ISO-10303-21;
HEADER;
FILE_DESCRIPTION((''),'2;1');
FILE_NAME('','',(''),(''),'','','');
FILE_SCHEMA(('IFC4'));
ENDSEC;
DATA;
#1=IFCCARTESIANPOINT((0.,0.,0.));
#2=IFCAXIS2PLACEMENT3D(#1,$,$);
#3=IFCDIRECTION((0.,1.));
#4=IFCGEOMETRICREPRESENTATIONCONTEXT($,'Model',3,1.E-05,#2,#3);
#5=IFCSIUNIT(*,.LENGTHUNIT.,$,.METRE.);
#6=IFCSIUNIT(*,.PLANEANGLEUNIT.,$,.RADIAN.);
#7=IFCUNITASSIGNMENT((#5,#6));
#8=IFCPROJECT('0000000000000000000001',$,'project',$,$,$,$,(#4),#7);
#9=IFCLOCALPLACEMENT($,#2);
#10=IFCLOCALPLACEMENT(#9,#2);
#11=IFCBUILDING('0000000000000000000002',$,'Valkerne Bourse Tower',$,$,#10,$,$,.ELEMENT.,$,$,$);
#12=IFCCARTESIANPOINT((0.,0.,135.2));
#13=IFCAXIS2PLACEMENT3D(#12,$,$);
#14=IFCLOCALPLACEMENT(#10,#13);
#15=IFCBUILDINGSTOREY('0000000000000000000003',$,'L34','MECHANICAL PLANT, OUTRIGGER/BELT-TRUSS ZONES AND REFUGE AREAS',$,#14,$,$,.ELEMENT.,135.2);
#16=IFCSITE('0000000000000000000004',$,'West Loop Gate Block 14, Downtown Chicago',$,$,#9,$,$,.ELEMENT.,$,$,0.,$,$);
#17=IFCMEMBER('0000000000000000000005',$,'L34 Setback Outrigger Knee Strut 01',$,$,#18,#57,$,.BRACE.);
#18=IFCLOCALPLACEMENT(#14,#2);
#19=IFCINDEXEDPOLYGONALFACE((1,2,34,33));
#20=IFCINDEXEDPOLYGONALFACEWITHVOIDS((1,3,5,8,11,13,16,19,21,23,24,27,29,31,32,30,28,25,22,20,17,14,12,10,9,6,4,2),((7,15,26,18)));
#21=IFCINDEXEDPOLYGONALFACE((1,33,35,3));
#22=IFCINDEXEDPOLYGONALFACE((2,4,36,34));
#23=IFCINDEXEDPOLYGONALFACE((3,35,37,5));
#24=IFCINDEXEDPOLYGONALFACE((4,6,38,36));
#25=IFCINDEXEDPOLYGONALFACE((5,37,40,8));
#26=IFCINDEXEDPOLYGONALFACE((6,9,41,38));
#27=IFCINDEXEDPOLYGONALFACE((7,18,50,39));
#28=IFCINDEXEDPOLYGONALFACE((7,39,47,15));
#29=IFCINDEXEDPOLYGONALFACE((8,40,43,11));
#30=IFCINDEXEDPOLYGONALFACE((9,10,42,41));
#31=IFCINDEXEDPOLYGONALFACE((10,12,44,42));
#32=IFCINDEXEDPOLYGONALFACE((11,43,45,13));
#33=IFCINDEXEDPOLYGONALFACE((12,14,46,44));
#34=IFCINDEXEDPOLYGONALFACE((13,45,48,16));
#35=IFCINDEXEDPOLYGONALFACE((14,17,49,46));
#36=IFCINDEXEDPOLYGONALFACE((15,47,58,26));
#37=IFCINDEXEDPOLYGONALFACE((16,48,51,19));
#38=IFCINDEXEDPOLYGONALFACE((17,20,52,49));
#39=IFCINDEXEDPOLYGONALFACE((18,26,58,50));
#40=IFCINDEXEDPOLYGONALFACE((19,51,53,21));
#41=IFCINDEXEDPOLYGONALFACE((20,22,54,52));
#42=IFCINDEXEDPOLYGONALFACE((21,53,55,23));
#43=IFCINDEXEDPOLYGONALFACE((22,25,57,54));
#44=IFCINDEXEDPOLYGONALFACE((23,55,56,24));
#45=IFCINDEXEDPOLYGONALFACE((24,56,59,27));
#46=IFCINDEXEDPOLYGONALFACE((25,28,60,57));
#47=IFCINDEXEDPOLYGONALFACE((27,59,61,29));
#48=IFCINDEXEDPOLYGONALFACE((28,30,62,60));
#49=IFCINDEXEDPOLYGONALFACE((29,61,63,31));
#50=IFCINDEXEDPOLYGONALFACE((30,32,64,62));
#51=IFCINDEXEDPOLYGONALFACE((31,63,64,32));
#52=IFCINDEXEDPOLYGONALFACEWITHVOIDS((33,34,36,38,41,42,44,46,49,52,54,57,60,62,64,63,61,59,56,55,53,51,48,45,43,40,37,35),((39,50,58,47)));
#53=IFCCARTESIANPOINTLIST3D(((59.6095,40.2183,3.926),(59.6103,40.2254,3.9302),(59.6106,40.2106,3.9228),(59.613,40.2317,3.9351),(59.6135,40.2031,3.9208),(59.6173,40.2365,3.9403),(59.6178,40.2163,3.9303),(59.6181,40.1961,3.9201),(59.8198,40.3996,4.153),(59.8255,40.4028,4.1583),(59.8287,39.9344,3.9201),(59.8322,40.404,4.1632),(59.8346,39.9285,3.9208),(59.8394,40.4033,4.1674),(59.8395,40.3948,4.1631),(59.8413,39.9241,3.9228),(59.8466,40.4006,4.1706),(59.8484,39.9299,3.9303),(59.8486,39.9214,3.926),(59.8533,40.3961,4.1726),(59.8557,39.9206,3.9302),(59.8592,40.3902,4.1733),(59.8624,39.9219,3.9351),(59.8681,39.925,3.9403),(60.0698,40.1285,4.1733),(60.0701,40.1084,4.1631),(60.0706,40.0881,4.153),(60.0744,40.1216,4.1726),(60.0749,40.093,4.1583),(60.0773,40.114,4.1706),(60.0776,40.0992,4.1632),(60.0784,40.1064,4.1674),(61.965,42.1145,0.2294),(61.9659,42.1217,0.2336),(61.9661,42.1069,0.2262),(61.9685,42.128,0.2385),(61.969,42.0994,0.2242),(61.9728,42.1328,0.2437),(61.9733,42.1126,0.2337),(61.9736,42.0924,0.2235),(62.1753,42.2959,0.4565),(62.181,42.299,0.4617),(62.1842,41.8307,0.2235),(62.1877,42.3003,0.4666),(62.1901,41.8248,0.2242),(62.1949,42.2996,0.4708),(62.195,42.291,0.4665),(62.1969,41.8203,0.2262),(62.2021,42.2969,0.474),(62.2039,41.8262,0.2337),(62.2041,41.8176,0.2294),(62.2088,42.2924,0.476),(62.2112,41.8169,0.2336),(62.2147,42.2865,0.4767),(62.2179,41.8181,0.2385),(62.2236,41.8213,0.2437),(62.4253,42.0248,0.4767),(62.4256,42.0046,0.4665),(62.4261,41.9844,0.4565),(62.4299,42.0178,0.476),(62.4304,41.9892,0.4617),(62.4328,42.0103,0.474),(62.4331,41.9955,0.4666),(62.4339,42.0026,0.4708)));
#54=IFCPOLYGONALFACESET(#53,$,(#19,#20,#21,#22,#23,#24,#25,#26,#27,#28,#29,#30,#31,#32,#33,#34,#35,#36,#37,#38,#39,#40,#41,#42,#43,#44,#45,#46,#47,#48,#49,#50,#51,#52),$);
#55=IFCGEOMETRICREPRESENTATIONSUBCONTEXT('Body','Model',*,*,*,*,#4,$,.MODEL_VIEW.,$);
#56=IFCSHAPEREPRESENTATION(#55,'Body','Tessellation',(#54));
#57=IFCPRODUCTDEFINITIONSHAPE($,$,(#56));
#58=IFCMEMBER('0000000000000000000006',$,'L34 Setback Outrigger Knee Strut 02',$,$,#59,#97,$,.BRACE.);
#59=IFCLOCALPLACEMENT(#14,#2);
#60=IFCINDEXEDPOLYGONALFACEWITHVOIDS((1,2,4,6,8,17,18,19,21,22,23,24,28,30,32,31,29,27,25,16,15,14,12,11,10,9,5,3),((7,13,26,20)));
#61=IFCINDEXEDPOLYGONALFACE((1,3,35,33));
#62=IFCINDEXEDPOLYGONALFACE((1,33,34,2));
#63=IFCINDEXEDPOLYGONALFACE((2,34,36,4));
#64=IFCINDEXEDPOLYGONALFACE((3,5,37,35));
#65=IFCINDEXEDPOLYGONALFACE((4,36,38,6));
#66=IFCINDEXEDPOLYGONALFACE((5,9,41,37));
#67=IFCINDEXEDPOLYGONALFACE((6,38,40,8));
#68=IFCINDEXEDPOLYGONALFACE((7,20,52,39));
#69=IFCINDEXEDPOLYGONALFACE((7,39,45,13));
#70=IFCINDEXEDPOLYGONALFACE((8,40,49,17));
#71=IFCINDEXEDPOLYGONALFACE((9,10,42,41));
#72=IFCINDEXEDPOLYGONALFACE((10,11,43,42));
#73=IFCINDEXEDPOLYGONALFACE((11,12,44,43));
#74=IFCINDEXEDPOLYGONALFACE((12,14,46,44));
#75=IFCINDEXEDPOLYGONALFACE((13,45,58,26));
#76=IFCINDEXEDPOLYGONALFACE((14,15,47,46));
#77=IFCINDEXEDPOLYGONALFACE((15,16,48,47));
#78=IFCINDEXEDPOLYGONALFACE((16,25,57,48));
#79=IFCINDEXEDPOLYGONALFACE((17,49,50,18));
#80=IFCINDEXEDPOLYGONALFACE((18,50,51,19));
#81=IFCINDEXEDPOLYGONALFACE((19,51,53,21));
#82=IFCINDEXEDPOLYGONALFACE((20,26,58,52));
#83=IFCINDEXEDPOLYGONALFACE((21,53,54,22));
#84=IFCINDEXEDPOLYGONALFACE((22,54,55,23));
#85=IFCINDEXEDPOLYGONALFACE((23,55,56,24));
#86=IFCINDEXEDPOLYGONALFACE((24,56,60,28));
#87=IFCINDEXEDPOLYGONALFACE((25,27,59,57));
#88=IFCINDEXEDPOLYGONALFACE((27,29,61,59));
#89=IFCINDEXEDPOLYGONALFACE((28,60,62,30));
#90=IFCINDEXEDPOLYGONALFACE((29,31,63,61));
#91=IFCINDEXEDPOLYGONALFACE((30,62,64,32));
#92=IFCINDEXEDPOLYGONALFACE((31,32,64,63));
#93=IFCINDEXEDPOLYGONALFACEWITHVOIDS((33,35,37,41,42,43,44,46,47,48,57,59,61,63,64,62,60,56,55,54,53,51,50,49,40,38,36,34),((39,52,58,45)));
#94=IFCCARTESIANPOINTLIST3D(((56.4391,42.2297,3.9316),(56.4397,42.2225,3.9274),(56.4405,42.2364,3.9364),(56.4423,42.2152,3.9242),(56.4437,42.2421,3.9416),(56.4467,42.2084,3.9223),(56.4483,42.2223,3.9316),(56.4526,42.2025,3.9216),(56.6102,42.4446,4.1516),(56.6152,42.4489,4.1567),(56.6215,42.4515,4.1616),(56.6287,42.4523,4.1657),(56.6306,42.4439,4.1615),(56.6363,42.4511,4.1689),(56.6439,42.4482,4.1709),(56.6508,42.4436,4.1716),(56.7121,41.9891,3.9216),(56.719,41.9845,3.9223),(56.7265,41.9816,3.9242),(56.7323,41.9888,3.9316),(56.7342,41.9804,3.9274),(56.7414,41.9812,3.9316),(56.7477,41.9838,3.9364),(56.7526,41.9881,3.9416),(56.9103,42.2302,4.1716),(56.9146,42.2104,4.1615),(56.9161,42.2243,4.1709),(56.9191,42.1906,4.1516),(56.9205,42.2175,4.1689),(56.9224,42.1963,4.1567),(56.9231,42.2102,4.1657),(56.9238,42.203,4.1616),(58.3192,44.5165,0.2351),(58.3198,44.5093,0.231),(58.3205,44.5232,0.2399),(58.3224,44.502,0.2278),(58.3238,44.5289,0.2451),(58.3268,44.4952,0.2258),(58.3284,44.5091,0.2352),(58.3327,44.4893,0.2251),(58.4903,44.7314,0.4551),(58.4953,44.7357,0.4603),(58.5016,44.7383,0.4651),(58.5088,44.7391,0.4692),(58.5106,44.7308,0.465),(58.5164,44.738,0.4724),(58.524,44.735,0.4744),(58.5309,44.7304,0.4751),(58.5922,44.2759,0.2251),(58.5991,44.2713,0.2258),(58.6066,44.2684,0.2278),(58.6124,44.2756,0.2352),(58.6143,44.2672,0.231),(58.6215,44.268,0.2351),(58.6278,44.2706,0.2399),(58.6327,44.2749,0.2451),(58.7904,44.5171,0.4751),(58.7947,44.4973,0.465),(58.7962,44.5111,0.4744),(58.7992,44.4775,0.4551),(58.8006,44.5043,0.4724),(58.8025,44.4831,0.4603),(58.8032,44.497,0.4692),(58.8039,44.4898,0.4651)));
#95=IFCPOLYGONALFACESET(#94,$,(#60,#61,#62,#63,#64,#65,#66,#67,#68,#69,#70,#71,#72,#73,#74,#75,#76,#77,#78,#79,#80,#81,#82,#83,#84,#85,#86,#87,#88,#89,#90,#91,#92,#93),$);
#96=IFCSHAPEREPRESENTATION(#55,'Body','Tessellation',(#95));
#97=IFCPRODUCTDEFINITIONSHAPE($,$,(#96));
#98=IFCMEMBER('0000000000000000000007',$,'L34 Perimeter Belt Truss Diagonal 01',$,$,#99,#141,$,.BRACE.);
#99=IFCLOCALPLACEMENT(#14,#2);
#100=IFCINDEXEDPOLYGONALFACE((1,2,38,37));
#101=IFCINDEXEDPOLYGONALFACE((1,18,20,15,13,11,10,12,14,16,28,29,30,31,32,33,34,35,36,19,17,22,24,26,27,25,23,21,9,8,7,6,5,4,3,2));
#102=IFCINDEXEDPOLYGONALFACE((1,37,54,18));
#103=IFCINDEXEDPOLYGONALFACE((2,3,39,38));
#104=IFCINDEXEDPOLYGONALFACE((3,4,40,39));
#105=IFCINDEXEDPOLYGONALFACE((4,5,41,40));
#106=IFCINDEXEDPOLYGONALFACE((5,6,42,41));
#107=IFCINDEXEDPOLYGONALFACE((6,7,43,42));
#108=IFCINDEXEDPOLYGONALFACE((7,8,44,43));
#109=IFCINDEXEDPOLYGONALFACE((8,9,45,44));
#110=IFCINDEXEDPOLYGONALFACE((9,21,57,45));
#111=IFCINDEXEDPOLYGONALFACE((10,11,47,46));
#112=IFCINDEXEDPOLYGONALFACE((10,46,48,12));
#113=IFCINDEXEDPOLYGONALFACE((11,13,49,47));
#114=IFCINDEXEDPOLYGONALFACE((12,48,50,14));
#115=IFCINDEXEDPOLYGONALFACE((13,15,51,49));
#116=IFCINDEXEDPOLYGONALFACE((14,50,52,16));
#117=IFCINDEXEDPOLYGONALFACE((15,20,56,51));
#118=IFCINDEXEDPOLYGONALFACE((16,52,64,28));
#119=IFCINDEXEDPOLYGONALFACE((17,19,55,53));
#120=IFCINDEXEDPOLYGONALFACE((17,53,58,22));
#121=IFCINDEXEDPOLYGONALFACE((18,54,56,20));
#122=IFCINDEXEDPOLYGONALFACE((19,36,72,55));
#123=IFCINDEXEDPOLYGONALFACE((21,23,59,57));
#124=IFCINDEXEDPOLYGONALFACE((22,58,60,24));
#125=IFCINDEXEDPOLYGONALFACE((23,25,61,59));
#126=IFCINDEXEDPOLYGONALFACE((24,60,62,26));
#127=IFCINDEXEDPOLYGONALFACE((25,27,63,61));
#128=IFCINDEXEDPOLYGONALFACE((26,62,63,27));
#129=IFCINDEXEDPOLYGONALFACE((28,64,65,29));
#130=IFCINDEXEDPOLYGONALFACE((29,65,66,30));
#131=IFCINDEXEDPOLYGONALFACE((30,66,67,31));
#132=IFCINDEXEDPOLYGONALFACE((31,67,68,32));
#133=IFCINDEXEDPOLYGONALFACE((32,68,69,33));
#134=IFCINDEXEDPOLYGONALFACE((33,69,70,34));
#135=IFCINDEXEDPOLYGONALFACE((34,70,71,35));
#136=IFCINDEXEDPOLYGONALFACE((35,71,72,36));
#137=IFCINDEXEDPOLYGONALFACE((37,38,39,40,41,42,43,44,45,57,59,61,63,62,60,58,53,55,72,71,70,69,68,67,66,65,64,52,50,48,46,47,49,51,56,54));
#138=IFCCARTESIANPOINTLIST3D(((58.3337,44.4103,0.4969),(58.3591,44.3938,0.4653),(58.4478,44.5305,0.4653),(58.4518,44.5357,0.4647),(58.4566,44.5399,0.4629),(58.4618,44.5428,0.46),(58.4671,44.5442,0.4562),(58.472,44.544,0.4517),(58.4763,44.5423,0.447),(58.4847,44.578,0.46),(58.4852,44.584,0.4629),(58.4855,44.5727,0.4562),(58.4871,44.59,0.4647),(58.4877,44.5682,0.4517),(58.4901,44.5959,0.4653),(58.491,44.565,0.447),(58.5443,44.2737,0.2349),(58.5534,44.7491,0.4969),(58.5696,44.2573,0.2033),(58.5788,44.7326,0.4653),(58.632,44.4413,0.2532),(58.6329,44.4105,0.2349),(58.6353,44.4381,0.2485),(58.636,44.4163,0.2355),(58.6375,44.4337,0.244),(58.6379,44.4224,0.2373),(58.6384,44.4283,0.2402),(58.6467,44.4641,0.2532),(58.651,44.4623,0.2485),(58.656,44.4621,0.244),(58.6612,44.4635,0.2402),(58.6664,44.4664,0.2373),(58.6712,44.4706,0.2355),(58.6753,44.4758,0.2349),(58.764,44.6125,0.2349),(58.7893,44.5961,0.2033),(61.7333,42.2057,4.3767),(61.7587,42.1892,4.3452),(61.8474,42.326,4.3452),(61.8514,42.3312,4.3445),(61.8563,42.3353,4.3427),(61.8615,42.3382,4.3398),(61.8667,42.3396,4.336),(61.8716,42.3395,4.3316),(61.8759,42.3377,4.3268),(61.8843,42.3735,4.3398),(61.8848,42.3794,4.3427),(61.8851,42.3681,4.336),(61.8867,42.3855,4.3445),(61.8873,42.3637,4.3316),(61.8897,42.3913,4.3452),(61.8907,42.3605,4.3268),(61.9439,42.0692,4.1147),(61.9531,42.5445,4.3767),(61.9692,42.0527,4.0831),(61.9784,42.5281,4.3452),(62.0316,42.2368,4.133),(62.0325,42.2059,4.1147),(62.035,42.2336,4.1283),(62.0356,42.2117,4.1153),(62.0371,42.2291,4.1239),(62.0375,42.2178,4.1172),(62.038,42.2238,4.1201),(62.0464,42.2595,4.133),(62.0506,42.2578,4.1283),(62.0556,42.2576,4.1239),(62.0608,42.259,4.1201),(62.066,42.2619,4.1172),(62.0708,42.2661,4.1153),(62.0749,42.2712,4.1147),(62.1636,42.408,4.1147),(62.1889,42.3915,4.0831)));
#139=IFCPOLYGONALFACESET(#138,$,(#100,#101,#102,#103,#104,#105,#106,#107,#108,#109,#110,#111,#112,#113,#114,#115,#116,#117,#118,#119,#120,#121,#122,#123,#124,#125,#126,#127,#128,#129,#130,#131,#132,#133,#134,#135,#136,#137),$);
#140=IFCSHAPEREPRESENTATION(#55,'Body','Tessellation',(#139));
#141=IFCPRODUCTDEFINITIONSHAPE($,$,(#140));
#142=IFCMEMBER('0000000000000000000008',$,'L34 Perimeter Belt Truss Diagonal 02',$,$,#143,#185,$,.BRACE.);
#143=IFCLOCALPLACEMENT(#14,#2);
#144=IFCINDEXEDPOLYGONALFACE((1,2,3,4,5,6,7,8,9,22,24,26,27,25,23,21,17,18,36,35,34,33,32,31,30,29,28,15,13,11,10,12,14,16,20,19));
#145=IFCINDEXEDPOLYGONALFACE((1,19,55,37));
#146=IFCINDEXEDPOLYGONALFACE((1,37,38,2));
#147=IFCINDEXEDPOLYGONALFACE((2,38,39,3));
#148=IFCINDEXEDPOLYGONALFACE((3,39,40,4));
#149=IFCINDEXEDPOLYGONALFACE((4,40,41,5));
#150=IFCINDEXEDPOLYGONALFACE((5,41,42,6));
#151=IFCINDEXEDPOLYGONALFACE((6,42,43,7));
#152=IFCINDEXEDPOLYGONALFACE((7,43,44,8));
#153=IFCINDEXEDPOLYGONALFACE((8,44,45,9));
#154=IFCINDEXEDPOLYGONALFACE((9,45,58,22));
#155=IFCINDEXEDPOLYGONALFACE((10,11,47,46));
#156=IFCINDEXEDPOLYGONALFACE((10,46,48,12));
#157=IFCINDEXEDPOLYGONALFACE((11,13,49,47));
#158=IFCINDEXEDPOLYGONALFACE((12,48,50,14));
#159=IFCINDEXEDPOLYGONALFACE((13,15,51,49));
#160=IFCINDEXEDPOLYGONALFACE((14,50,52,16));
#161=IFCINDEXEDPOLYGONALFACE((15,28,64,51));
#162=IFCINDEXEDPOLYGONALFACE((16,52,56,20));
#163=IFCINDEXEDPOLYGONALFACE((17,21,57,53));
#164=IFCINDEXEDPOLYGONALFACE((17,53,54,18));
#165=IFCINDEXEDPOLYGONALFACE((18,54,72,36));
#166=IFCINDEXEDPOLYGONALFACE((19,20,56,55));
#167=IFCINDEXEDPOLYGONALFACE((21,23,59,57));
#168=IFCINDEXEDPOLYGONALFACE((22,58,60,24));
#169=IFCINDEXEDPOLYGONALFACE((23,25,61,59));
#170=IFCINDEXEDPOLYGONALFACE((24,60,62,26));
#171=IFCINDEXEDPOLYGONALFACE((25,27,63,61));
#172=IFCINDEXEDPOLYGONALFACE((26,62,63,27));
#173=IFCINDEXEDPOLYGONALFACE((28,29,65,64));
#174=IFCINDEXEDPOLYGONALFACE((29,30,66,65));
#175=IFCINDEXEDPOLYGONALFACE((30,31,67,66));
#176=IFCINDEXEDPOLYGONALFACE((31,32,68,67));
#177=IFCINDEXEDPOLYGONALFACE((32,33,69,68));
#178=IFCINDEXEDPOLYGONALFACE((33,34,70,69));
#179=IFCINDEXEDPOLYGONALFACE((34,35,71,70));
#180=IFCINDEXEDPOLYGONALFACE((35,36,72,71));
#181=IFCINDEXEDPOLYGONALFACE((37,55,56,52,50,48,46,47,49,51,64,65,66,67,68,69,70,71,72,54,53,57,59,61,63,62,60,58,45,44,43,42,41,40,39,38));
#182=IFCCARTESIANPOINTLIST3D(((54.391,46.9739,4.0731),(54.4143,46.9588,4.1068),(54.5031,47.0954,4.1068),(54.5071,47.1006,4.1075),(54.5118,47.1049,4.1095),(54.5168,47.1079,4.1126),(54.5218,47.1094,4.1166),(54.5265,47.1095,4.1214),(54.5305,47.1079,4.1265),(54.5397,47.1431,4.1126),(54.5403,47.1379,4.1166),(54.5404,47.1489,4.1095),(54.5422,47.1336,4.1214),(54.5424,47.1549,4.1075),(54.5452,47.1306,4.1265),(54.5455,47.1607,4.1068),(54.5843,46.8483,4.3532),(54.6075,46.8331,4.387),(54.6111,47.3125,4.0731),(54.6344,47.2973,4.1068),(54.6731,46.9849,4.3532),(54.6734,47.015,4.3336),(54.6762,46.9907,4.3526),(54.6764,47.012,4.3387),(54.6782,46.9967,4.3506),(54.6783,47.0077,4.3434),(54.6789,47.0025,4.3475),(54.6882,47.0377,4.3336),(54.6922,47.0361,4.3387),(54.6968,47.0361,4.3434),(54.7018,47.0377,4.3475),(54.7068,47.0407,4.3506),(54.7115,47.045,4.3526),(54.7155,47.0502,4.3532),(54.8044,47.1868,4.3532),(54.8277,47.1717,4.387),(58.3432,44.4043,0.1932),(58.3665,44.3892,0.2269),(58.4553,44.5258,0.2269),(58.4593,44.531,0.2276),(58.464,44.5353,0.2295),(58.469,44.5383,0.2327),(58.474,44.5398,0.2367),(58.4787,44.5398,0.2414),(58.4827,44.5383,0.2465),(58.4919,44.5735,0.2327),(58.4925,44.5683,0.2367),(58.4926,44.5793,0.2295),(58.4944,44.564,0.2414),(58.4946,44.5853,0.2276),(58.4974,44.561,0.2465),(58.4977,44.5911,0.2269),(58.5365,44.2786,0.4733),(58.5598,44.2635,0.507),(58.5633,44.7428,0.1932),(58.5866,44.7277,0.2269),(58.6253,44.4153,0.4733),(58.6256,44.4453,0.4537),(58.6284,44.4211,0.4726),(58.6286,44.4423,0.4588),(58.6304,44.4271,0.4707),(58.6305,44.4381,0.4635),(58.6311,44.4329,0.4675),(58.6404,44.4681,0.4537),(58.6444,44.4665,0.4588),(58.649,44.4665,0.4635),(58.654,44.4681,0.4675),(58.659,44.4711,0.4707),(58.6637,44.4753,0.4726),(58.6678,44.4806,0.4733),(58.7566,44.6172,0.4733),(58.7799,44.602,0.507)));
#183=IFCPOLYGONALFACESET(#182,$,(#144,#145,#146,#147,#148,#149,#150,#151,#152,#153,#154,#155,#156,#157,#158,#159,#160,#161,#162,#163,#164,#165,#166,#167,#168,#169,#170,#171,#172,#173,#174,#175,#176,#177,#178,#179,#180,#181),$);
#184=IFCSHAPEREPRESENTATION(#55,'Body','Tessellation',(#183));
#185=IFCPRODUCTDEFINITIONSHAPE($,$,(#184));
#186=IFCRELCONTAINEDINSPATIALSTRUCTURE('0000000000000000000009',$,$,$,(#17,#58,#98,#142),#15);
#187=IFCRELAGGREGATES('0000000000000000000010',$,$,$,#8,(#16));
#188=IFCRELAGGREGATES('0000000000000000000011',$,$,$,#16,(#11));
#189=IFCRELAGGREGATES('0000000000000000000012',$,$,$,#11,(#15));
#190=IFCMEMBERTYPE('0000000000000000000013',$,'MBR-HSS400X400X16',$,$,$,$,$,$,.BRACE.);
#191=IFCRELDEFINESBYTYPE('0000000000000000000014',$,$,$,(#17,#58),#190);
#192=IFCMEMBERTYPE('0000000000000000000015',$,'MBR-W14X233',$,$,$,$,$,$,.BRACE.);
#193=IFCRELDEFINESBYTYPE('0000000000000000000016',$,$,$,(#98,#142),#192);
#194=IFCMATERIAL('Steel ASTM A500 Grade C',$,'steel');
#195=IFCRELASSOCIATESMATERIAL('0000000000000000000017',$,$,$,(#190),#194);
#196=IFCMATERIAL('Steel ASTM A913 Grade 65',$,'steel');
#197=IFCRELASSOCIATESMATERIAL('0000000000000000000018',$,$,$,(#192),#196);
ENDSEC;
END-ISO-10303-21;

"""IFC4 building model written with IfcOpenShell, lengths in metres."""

from ifc_helpers import new_model, si_unit, direction, frame, origin, origin_2d, place, context, subcontext, project, spatial, hollow_rectangle, i_section, extrude, material, material_profile, profile_set, type_object, element, save


model = new_model("IFC4")

# Units and contexts
model_context = context("Model", 3, precision=1e-05, world=origin(), true_north=direction((0.0, 1.0)))
body_context = subcontext(model_context, "Body", "Model", "MODEL_VIEW")
ifc_project = project(units=[si_unit("LENGTHUNIT", "METRE"), si_unit("PLANEANGLEUNIT", "RADIAN")], contexts=[model_context])

# Site, building, storey
site_placement = place(None, origin())
site = spatial("IfcSite", under=ifc_project, at=site_placement, Name="West Loop Gate Block 14, Downtown Chicago", CompositionType="ELEMENT", RefElevation=0.0)
building_placement = place(site_placement, origin())
building = spatial("IfcBuilding", under=site, at=building_placement, Name="Valkerne Bourse Tower", CompositionType="ELEMENT")
storey_placement = place(building_placement, frame((0.0, 0.0, 135.2)))
storey = spatial("IfcBuildingStorey", under=building, at=storey_placement, Name="L34", Description="MECHANICAL PLANT, OUTRIGGER/BELT-TRUSS ZONES AND REFUGE AREAS", CompositionType="ELEMENT", Elevation=135.2)

# Shared definitions
ifc_material_1 = material(Name="Steel ASTM A913 Grade 65", Category="steel")

# Members
ifc_material_2 = material(Name="Steel ASTM A500 Grade C", Category="steel")
ifc_material_profile_1 = material_profile(ifc_material_2, hollow_rectangle(XDim=0.3999, YDim=0.3999, WallThickness=0.0161, OuterFilletRadius=0.032, at=origin_2d()), Name="HSS400X400X16")
ifc_profile_set_1 = profile_set([ifc_material_profile_1], Name="Steel ASTM A500 Grade C")
member_type_1 = type_object("IfcMemberType", Name="MBR-HSS400X400X16", PredefinedType="BRACE", material=ifc_profile_set_1)
member_1_placement = place(storey_placement, frame((62.1995, 42.0586, 0.3501), z_axis=(-0.493209, -0.397051, 0.774013), x_axis=(0.627085, -0.778951, 0.0)))
element("IfcMember", 1, at=member_1_placement, inside=storey, type_object=member_type_1, Name="L34 Setback Outrigger Knee Strut 01", PredefinedType="BRACE", context=body_context, shape_type="SweptSolid", body=[
    extrude(hollow_rectangle(XDim=0.3999, YDim=0.3999, WallThickness=0.0161, OuterFilletRadius=0.032, at=origin_2d()), origin(), (0.0, 0.0, 1.0), 4.7759),
])
member_2_placement = place(storey_placement, frame((58.5615, 44.5032, 0.3501), z_axis=(-0.396993, -0.482876, 0.78053), x_axis=(0.772456, -0.635068, 0.0)))
element("IfcMember", 2, at=member_2_placement, inside=storey, type_object=member_type_1, Name="L34 Setback Outrigger Knee Strut 02", PredefinedType="BRACE", context=body_context, shape_type="SweptSolid", body=[
    extrude(hollow_rectangle(XDim=0.3999, YDim=0.3999, WallThickness=0.0161, OuterFilletRadius=0.032, at=origin_2d()), origin(), (0.0, 0.0, 1.0), 4.7358),
])
ifc_material_profile_2 = material_profile(ifc_material_1, i_section(OverallWidth=0.4038, OverallDepth=0.4065, WebThickness=0.0271, FlangeThickness=0.0437, FilletRadius=0.0254, at=origin_2d()), Name="W14X233")
ifc_profile_set_2 = profile_set([ifc_material_profile_2], Name="Steel ASTM A913 Grade 65")
member_type_2 = type_object("IfcMemberType", Name="MBR-W14X233", PredefinedType="BRACE", material=ifc_profile_set_2)
member_3_placement = place(storey_placement, frame((58.5615, 44.5032, 0.3501), z_axis=(0.606007, -0.392979, 0.691609), x_axis=(0.544088, 0.839028, 0.0)))
element("IfcMember", 3, at=member_3_placement, inside=storey, type_object=member_type_2, Name="L34 Perimeter Belt Truss Diagonal 01", PredefinedType="BRACE", context=body_context, shape_type="SweptSolid", body=[
    extrude(i_section(OverallWidth=0.4038, OverallDepth=0.4065, WebThickness=0.0271, FlangeThickness=0.0437, FilletRadius=0.0254, at=origin_2d()), origin(), (0.0, 0.0, 1.0), 5.6099),
])
member_4_placement = place(storey_placement, frame((58.5615, 44.5032, 0.3501), z_axis=(-0.647322, 0.420871, 0.635486), x_axis=(-0.54509, -0.838377, 0.0)))
element("IfcMember", 4, at=member_4_placement, inside=storey, type_object=member_type_2, Name="L34 Perimeter Belt Truss Diagonal 02", PredefinedType="BRACE", context=body_context, shape_type="SweptSolid", body=[
    extrude(i_section(OverallWidth=0.4038, OverallDepth=0.4065, WebThickness=0.0271, FlangeThickness=0.0437, FilletRadius=0.0254, at=origin_2d()), origin(), (0.0, 0.0, 1.0), 6.1055),
])

save(model, "model.ifc")
